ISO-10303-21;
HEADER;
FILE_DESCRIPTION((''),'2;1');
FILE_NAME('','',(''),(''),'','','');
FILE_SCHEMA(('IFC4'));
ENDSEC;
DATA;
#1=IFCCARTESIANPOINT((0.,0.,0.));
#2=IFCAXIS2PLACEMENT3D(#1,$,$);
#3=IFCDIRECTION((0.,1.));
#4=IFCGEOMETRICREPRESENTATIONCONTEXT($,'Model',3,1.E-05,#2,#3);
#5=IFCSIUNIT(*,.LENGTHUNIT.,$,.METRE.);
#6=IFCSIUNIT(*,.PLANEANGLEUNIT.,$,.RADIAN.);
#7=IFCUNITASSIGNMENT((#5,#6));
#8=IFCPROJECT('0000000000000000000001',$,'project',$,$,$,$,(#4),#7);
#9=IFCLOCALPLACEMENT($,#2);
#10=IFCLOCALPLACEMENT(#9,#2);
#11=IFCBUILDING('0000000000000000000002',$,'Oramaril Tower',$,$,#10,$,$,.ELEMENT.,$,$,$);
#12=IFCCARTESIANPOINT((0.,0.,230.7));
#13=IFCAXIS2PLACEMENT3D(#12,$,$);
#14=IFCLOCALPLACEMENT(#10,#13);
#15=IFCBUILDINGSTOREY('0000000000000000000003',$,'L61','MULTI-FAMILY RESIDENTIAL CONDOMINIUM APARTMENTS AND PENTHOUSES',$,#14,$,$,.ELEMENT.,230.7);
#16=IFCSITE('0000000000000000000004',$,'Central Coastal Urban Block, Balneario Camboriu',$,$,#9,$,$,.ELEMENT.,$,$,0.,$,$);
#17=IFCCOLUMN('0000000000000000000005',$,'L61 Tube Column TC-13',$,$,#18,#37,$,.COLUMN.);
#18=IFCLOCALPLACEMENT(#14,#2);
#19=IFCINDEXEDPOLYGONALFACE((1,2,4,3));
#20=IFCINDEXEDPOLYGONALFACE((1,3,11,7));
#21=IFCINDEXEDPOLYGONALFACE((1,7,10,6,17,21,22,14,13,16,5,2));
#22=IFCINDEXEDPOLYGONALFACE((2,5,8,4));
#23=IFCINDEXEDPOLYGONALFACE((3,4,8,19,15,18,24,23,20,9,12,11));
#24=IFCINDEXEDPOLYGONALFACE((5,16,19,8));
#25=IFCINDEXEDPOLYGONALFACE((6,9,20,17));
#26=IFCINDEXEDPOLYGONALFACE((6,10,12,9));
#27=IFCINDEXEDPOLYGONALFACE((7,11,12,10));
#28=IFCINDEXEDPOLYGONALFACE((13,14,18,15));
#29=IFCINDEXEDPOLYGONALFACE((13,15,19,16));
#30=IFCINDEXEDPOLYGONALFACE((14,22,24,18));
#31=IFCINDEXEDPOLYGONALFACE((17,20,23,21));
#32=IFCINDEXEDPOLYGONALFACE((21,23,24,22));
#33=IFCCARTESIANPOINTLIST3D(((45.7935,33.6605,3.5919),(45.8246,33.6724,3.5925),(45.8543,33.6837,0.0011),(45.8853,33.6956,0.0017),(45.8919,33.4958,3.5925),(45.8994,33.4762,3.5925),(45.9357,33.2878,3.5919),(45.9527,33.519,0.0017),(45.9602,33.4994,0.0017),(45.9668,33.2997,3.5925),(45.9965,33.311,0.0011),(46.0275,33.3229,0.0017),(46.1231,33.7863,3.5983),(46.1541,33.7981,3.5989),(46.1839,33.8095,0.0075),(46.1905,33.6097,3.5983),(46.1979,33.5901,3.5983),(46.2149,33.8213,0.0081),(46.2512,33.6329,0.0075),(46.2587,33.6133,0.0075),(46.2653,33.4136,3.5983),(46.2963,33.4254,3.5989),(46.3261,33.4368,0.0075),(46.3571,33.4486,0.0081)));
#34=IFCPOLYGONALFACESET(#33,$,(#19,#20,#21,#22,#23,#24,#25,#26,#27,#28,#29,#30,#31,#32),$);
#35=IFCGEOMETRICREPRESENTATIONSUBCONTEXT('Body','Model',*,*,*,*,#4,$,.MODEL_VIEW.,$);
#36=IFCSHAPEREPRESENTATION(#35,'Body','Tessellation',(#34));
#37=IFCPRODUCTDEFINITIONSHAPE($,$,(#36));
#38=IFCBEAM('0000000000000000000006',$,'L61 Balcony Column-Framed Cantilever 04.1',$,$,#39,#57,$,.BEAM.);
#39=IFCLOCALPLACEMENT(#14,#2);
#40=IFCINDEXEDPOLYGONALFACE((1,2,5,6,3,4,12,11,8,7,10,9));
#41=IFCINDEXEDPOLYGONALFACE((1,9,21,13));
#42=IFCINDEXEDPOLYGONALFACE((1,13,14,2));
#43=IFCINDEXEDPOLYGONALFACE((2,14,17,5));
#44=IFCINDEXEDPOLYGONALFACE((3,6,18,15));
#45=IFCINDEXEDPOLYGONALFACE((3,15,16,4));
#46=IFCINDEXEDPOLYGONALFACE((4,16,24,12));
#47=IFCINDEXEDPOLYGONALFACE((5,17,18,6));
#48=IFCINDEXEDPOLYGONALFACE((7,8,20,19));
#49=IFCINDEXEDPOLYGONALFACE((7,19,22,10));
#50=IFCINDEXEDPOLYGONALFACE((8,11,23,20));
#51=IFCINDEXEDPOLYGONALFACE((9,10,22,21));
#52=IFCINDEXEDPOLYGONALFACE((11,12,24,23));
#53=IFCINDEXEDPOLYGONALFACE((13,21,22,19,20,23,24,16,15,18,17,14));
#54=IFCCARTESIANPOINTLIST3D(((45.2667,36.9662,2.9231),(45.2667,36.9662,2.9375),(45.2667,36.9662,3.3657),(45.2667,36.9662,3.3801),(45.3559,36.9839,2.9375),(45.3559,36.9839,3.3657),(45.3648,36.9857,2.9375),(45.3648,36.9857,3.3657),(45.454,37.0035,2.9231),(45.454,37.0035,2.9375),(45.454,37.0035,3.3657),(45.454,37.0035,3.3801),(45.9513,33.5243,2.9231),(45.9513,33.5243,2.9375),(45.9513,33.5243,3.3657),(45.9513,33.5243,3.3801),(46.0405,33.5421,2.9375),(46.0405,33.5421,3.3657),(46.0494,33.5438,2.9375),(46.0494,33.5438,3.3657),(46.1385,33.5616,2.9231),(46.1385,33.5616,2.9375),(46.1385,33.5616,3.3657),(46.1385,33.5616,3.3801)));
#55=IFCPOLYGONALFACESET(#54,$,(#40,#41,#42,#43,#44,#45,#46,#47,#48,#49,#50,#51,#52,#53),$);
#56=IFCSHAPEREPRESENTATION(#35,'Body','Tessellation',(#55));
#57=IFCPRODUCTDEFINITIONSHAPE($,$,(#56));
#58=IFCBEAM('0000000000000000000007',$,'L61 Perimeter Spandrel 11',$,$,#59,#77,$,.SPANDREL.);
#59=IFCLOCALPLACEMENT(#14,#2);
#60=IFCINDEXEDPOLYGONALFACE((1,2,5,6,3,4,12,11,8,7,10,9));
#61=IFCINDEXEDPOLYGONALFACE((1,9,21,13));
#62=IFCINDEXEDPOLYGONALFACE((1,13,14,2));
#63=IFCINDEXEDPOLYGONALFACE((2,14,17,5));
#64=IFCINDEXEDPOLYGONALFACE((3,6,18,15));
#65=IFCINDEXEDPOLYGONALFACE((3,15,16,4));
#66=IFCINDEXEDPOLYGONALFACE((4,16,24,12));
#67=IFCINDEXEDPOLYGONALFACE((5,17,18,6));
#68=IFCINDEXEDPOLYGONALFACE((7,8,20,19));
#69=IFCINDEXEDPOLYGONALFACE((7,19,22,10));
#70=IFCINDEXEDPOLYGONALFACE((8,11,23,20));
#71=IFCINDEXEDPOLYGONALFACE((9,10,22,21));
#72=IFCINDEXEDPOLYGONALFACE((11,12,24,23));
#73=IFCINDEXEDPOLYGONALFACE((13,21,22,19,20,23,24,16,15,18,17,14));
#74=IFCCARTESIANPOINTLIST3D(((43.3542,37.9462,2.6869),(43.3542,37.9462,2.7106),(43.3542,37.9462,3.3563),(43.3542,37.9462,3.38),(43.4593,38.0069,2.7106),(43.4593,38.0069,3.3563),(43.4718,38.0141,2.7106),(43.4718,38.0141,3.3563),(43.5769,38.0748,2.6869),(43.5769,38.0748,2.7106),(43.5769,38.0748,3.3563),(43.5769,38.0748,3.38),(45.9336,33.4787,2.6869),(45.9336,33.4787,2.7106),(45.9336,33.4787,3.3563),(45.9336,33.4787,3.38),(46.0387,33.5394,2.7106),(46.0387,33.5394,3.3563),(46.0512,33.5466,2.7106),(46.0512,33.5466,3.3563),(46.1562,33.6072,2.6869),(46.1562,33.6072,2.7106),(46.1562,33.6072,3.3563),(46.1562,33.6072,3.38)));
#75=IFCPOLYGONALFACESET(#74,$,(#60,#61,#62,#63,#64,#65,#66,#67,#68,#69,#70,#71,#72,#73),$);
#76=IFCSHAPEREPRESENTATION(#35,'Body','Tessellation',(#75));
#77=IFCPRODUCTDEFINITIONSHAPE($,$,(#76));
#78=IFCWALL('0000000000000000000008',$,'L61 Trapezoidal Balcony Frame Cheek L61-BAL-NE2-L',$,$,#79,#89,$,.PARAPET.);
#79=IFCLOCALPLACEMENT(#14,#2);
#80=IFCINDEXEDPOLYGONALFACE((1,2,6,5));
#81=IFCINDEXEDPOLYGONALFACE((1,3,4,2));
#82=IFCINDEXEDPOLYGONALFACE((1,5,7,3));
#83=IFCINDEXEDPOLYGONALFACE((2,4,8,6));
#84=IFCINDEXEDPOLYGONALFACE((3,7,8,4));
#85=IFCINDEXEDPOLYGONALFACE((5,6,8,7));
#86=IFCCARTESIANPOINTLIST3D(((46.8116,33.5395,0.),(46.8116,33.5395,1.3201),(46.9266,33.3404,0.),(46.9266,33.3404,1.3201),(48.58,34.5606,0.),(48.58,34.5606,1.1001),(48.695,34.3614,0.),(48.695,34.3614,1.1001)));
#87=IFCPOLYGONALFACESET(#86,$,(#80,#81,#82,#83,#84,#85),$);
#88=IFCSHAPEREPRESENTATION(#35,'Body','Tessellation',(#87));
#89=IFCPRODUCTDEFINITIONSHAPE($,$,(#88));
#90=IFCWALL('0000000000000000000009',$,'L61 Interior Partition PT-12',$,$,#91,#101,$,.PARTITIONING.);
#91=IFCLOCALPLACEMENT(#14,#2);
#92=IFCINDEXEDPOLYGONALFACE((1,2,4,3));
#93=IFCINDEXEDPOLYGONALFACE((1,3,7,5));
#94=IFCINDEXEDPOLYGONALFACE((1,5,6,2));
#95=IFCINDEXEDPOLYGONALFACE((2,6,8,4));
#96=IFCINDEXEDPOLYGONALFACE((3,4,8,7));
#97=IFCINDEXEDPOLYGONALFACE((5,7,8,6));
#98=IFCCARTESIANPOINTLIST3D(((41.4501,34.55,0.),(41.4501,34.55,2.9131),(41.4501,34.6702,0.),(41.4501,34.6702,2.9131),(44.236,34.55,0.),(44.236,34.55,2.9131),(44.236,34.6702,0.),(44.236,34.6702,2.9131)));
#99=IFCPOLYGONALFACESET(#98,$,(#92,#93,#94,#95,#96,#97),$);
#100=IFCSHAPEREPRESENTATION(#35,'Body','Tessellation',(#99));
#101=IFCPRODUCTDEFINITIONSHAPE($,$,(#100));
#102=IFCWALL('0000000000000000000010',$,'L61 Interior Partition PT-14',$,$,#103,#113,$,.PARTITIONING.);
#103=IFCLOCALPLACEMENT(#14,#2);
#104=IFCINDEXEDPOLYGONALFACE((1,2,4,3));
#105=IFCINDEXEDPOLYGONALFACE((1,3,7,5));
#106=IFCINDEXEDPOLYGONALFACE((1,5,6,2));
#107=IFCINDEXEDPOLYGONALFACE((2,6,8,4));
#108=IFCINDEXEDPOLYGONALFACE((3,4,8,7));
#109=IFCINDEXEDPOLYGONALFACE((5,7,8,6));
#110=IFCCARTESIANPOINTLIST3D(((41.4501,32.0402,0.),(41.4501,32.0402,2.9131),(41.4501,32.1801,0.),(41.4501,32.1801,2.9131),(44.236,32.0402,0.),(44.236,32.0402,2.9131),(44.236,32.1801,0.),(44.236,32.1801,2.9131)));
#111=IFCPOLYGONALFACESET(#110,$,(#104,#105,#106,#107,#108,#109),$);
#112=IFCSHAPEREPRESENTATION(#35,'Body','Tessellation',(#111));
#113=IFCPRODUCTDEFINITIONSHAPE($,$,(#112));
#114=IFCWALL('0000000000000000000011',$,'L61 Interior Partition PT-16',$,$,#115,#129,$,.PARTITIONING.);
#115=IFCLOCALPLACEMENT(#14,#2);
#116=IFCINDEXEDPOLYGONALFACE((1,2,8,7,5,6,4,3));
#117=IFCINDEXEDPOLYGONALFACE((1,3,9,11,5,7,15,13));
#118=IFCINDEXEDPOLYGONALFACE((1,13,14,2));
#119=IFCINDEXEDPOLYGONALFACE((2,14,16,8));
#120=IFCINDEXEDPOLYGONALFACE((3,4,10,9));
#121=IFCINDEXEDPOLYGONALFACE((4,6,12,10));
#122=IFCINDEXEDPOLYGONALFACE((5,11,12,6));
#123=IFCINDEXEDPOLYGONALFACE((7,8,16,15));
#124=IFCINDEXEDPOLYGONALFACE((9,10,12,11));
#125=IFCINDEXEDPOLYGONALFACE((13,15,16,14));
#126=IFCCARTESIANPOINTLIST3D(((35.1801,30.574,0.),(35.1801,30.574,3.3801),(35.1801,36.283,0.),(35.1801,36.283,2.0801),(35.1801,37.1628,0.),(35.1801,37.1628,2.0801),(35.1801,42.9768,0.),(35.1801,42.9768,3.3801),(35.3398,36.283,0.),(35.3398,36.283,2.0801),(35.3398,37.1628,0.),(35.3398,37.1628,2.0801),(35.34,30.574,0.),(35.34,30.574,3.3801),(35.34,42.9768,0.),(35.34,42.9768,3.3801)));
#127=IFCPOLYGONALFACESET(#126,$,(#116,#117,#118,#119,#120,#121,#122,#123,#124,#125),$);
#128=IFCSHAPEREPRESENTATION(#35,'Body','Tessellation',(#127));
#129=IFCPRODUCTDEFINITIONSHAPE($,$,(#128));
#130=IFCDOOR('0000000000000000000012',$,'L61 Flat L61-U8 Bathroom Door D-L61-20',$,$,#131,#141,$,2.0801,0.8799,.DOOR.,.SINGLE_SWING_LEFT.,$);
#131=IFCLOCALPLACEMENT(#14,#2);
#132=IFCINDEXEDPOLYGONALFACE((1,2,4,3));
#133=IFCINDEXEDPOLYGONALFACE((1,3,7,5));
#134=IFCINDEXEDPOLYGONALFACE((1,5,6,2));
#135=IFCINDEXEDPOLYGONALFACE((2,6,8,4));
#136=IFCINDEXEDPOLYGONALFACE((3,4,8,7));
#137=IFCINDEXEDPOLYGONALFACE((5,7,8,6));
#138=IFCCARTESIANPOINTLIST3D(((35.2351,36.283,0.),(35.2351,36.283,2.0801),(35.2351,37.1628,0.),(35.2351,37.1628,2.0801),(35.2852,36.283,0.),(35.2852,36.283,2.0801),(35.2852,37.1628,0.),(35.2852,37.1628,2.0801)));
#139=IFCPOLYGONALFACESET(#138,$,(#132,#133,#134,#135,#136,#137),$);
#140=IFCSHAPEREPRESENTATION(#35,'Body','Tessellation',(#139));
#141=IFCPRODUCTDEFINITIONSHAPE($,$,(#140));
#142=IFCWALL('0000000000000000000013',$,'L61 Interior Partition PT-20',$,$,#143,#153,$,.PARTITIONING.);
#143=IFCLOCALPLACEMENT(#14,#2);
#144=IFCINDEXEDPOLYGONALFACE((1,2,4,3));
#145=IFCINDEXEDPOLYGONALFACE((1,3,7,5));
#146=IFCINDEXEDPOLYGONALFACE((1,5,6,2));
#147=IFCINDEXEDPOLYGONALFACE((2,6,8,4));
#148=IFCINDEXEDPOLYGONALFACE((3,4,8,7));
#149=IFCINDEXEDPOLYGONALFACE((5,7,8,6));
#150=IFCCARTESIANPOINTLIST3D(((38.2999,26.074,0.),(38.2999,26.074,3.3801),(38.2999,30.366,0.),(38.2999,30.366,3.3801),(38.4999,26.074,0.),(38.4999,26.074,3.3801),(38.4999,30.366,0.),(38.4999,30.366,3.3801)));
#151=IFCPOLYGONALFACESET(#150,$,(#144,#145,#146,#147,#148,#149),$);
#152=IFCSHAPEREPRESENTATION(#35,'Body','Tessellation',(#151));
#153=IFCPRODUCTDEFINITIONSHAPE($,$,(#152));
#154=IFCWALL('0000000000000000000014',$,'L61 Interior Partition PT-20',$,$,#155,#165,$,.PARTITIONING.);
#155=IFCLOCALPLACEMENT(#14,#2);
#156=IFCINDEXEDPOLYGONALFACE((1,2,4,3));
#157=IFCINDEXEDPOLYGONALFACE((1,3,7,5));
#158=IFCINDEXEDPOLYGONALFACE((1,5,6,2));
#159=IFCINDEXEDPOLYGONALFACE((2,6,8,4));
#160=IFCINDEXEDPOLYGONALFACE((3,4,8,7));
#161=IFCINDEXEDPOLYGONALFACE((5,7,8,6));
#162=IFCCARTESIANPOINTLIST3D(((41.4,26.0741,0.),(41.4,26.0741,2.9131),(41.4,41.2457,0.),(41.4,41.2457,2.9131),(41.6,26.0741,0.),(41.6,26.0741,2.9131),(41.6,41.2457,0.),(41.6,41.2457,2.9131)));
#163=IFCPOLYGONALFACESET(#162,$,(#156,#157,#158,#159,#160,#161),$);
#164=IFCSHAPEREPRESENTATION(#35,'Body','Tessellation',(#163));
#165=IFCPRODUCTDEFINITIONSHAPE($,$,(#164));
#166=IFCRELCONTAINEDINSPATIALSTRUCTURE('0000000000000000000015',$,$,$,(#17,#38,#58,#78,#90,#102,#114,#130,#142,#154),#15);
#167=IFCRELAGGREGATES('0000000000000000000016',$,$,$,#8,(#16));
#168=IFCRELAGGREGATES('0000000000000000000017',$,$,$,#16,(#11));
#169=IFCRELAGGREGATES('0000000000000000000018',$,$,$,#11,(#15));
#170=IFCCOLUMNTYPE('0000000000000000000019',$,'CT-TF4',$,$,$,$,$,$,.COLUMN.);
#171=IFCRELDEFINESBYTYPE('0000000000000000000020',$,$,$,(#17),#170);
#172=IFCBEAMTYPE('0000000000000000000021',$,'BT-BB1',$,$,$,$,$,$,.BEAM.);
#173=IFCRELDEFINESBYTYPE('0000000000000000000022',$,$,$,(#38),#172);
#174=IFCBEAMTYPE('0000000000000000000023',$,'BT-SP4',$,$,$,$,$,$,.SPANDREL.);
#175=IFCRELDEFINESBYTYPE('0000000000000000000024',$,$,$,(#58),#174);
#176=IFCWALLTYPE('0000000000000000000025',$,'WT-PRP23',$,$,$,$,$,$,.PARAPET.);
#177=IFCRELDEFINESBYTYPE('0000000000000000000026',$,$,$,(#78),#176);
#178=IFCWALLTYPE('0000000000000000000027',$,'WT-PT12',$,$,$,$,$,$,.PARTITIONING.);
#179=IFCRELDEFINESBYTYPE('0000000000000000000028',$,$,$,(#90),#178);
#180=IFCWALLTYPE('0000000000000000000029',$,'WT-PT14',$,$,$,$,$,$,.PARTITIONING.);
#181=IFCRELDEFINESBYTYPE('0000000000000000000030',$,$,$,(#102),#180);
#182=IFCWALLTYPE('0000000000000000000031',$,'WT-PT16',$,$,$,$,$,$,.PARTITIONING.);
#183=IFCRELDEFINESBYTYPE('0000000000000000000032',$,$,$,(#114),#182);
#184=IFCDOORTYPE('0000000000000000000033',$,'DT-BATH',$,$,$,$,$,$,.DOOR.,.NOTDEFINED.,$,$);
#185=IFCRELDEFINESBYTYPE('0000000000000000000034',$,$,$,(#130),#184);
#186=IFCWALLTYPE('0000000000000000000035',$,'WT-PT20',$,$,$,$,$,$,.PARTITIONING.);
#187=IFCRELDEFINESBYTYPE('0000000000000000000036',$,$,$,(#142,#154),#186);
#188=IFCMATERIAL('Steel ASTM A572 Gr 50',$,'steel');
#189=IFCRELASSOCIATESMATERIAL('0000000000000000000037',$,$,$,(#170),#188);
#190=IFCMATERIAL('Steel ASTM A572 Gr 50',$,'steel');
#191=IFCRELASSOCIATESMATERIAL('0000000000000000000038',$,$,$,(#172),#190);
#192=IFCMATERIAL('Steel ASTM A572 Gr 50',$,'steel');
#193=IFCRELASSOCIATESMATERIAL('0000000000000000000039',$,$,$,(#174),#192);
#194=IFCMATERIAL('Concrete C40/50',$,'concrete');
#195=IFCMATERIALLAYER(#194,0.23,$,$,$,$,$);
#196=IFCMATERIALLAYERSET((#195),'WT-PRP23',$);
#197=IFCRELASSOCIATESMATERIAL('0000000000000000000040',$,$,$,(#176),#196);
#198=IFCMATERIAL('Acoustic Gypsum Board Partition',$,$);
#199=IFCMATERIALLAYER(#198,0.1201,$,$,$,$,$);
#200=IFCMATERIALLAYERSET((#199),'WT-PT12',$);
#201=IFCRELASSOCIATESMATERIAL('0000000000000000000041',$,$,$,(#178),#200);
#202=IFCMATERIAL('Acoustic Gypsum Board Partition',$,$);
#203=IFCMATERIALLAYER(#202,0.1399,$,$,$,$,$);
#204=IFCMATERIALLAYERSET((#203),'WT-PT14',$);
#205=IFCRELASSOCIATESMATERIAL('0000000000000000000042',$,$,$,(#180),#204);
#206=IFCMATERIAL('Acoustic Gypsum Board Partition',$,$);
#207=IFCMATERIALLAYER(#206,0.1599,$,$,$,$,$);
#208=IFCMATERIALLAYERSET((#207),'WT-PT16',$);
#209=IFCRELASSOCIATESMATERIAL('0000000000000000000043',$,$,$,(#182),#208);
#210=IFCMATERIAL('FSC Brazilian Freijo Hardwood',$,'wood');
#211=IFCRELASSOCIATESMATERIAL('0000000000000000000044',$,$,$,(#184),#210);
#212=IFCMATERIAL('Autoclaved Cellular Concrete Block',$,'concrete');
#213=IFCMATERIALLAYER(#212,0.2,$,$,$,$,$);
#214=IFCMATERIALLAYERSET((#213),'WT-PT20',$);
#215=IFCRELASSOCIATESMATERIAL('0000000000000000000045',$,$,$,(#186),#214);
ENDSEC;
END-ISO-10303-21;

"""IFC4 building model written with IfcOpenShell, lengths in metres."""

from ifc_helpers import new_model, si_unit, direction, frame, frame_2d, origin, origin_2d, place, context, subcontext, project, spatial, polyline, rectangle, i_section, outline, extrude, material, layer, layer_set, material_profile, profile_set, type_object, element, fill, save


model = new_model("IFC4")

# Units and contexts
model_context = context("Model", 3, precision=1e-05, world=origin(), true_north=direction((0.0, 1.0)))
body_context = subcontext(model_context, "Body", "Model", "MODEL_VIEW")
ifc_project = project(units=[si_unit("LENGTHUNIT", "METRE"), si_unit("PLANEANGLEUNIT", "RADIAN")], contexts=[model_context])

# Site, building, storey
site_placement = place(None, origin())
site = spatial("IfcSite", under=ifc_project, at=site_placement, Name="Central Coastal Urban Block, Balneario Camboriu", CompositionType="ELEMENT", RefElevation=0.0)
building_placement = place(site_placement, origin())
building = spatial("IfcBuilding", under=site, at=building_placement, Name="Oramaril Tower", CompositionType="ELEMENT")
storey_placement = place(building_placement, frame((0.0, 0.0, 230.7)))
storey = spatial("IfcBuildingStorey", under=building, at=storey_placement, Name="L61", Description="MULTI-FAMILY RESIDENTIAL CONDOMINIUM APARTMENTS AND PENTHOUSES", CompositionType="ELEMENT", Elevation=230.7)

# Column
ifc_material_1 = material(Name="Steel ASTM A572 Gr 50", Category="steel")
ifc_material_profile_1 = material_profile(ifc_material_1, i_section(OverallWidth=0.3989, OverallDepth=0.386, WebThickness=0.021, FlangeThickness=0.0332, at=origin_2d()), Name="W14X176")
ifc_profile_set_1 = profile_set([ifc_material_profile_1], Name="Steel ASTM A572 Gr 50")
column_type = type_object("IfcColumnType", Name="CT-TF4", PredefinedType="COLUMN", material=ifc_profile_set_1)
column_placement = place(storey_placement, frame((46.1057, 33.5662, 0.0046), z_axis=(-0.016927, -0.006458, 0.999836), x_axis=(0.356463, -0.934309, 0.0)))
element("IfcColumn", 1, at=column_placement, inside=storey, type_object=column_type, Name="L61 Tube Column TC-13", PredefinedType="COLUMN", context=body_context, shape_type="SweptSolid", body=[
    extrude(i_section(OverallWidth=0.3989, OverallDepth=0.386, WebThickness=0.021, FlangeThickness=0.0332, at=origin_2d()), origin(), (0.0, 0.0, 1.0), 3.5913),
])

# Beams
ifc_material_2 = material(Name="Steel ASTM A572 Gr 50", Category="steel")
ifc_material_profile_2 = material_profile(ifc_material_2, i_section(OverallWidth=0.1909, OverallDepth=0.457, WebThickness=0.009, FlangeThickness=0.0144, at=origin_2d()), Name="W18X50")
ifc_profile_set_2 = profile_set([ifc_material_profile_2], Name="Steel ASTM A572 Gr 50")
beam_type_1 = type_object("IfcBeamType", Name="BT-BB1", PredefinedType="BEAM", material=ifc_profile_set_2)
beam_1_placement = place(storey_placement, frame((46.0449, 33.543, 3.1516), z_axis=(-0.195072, 0.980789, 0.0), x_axis=(-0.980789, -0.195072, 0.0)))
element("IfcBeam", 2, at=beam_1_placement, inside=storey, type_object=beam_type_1, Name="L61 Balcony Column-Framed Cantilever 04.1", PredefinedType="BEAM", context=body_context, shape_type="SweptSolid", body=[
    extrude(i_section(OverallWidth=0.1909, OverallDepth=0.457, WebThickness=0.009, FlangeThickness=0.0144, at=origin_2d()), origin(), (0.0, 0.0, 1.0), 3.5093),
])
ifc_material_3 = material(Name="Steel ASTM A572 Gr 50", Category="steel")
ifc_material_profile_3 = material_profile(ifc_material_3, i_section(OverallWidth=0.2571, OverallDepth=0.6931, WebThickness=0.0144, FlangeThickness=0.0237, at=origin_2d()), Name="W27X114")
ifc_profile_set_3 = profile_set([ifc_material_profile_3], Name="Steel ASTM A572 Gr 50")
beam_type_2 = type_object("IfcBeamType", Name="BT-SP4", PredefinedType="SPANDREL", material=ifc_profile_set_3)
beam_2_placement = place(storey_placement, frame((46.0449, 33.543, 3.0334), z_axis=(-0.500002, 0.866024, 0.0), x_axis=(-0.866024, -0.500002, 0.0)))
element("IfcBeam", 3, at=beam_2_placement, inside=storey, type_object=beam_type_2, Name="L61 Perimeter Spandrel 11", PredefinedType="SPANDREL", context=body_context, shape_type="SweptSolid", body=[
    extrude(i_section(OverallWidth=0.2571, OverallDepth=0.6931, WebThickness=0.0144, FlangeThickness=0.0237, at=origin_2d()), origin(), (0.0, 0.0, 1.0), 5.1587),
])

# Walls
ifc_material_4 = material(Name="Concrete C40/50", Category="concrete")
ifc_layer_1 = layer(ifc_material_4, 0.23)
ifc_layer_set_1 = layer_set([ifc_layer_1], Name="WT-PRP23")
wall_type_1 = type_object("IfcWallType", Name="WT-PRP23", PredefinedType="PARAPET", material=ifc_layer_set_1)
wall_1_placement = place(storey_placement, frame((46.8691, 33.4399, 0.0), z_axis=(0.0, 0.0, 1.0), x_axis=(0.866012, 0.500023, 0.0)))
element("IfcWall", 4, at=wall_1_placement, inside=storey, type_object=wall_type_1, Name="L61 Trapezoidal Balcony Frame Cheek L61-BAL-NE2-L", PredefinedType="PARAPET", context=body_context, shape_type="SweptSolid", body=[
    extrude(outline(polyline([(0.0, 0.0), (2.042, 0.0), (2.042, 1.1001), (0.0, 1.3201), (0.0, 0.0)])), frame((0.0, 0.115, 0.0), z_axis=(0.0, -1.0, 0.0), x_axis=(1.0, 0.0, 0.0)), (0.0, 0.0, 1.0), 0.23),
])
ifc_material_5 = material(Name="Acoustic Gypsum Board Partition")
ifc_layer_2 = layer(ifc_material_5, 0.1201)
ifc_layer_set_2 = layer_set([ifc_layer_2], Name="WT-PT12")
wall_type_2 = type_object("IfcWallType", Name="WT-PT12", PredefinedType="PARTITIONING", material=ifc_layer_set_2)
wall_2_placement = place(storey_placement, frame((41.45, 34.6101, 0.0), z_axis=(0.0, 0.0, 1.0), x_axis=(1.0, 0.0, 0.0)))
element("IfcWall", 5, at=wall_2_placement, inside=storey, type_object=wall_type_2, Name="L61 Interior Partition PT-12", PredefinedType="PARTITIONING", context=body_context, shape_type="SweptSolid", body=[
    extrude(rectangle(XDim=2.7859, YDim=0.1201, at=frame_2d((1.3931, 0.0))), origin(), (0.0, 0.0, 1.0), 2.9131),
])
ifc_material_6 = material(Name="Acoustic Gypsum Board Partition")
ifc_layer_3 = layer(ifc_material_6, 0.1399)
ifc_layer_set_3 = layer_set([ifc_layer_3], Name="WT-PT14")
wall_type_3 = type_object("IfcWallType", Name="WT-PT14", PredefinedType="PARTITIONING", material=ifc_layer_set_3)
wall_3_placement = place(storey_placement, frame((41.45, 32.1101, 0.0), z_axis=(0.0, 0.0, 1.0), x_axis=(1.0, 0.0, 0.0)))
element("IfcWall", 6, at=wall_3_placement, inside=storey, type_object=wall_type_3, Name="L61 Interior Partition PT-14", PredefinedType="PARTITIONING", context=body_context, shape_type="SweptSolid", body=[
    extrude(rectangle(XDim=2.7859, YDim=0.1399, at=frame_2d((1.3931, 0.0))), origin(), (0.0, 0.0, 1.0), 2.9131),
])

# Wall, opening, door
ifc_material_7 = material(Name="Acoustic Gypsum Board Partition")
ifc_layer_4 = layer(ifc_material_7, 0.1599)
ifc_layer_set_4 = layer_set([ifc_layer_4], Name="WT-PT16")
wall_type_4 = type_object("IfcWallType", Name="WT-PT16", PredefinedType="PARTITIONING", material=ifc_layer_set_4)
wall_4_placement = place(storey_placement, frame((35.26, 30.574, 0.0), z_axis=(0.0, 0.0, 1.0), x_axis=(0.0, 1.0, 0.0)))
wall_4 = element("IfcWall", 7, at=wall_4_placement, inside=storey, type_object=wall_type_4, Name="L61 Interior Partition PT-16", PredefinedType="PARTITIONING", context=body_context, shape_type="SweptSolid", body=[
    extrude(rectangle(XDim=12.4028, YDim=0.1599, at=frame_2d((6.2014, 0.0))), origin(), (0.0, 0.0, 1.0), 3.3801),
])
opening_1_placement = place(wall_4_placement, frame((5.709, 0.0, 0.0)))
opening_1 = element("IfcOpeningElement", 8, at=opening_1_placement, cuts=wall_4, PredefinedType="OPENING", context=body_context, shape_type="SweptSolid", body=[
    extrude(rectangle(XDim=0.8799, YDim=2.0801, at=frame_2d((0.4399, 1.04))), frame((0.0, 0.0801, 0.0), z_axis=(0.0, -1.0, 0.0), x_axis=(1.0, 0.0, 0.0)), (0.0, 0.0, 1.0), 0.1599),
])
ifc_material_8 = material(Name="FSC Brazilian Freijo Hardwood", Category="wood")
door_type_1 = type_object("IfcDoorType", Name="DT-BATH", OperationType="NOTDEFINED", PredefinedType="DOOR", material=ifc_material_8)
door_1_placement = place(opening_1_placement, origin())
door_1 = element("IfcDoor", 9, at=door_1_placement, inside=storey, type_object=door_type_1, Name="L61 Flat L61-U8 Bathroom Door D-L61-20", OperationType="SINGLE_SWING_LEFT", OverallHeight=2.0801, OverallWidth=0.8799, PredefinedType="DOOR", context=body_context, shape_type="SweptSolid", body=[
    extrude(rectangle(XDim=0.8799, YDim=2.0801, at=frame_2d((0.4399, 1.04))), frame((0.0, 0.0249, 0.0), z_axis=(0.0, -1.0, 0.0), x_axis=(1.0, 0.0, 0.0)), (0.0, 0.0, 1.0), 0.05),
])
fill(opening_1, door_1)

# Walls
ifc_material_9 = material(Name="Autoclaved Cellular Concrete Block", Category="concrete")
ifc_layer_5 = layer(ifc_material_9, 0.2)
ifc_layer_set_5 = layer_set([ifc_layer_5], Name="WT-PT20")
wall_type_5 = type_object("IfcWallType", Name="WT-PT20", PredefinedType="PARTITIONING", material=ifc_layer_set_5)
wall_5_placement = place(storey_placement, frame((38.3999, 26.074, 0.0), z_axis=(0.0, 0.0, 1.0), x_axis=(0.0, 1.0, 0.0)))
element("IfcWall", 10, at=wall_5_placement, inside=storey, type_object=wall_type_5, Name="L61 Interior Partition PT-20", PredefinedType="PARTITIONING", context=body_context, shape_type="SweptSolid", body=[
    extrude(rectangle(XDim=4.292, YDim=0.2, at=frame_2d((2.146, 0.0))), origin(), (0.0, 0.0, 1.0), 3.3801),
])
wall_6_placement = place(storey_placement, frame((41.5, 26.074, 0.0), z_axis=(0.0, 0.0, 1.0), x_axis=(0.0, 1.0, 0.0)))
element("IfcWall", 11, at=wall_6_placement, inside=storey, type_object=wall_type_5, Name="L61 Interior Partition PT-20", PredefinedType="PARTITIONING", context=body_context, shape_type="SweptSolid", body=[
    extrude(rectangle(XDim=15.1716, YDim=0.2, at=frame_2d((7.5859, 0.0))), origin(), (0.0, 0.0, 1.0), 2.9131),
])

save(model, "model.ifc")
